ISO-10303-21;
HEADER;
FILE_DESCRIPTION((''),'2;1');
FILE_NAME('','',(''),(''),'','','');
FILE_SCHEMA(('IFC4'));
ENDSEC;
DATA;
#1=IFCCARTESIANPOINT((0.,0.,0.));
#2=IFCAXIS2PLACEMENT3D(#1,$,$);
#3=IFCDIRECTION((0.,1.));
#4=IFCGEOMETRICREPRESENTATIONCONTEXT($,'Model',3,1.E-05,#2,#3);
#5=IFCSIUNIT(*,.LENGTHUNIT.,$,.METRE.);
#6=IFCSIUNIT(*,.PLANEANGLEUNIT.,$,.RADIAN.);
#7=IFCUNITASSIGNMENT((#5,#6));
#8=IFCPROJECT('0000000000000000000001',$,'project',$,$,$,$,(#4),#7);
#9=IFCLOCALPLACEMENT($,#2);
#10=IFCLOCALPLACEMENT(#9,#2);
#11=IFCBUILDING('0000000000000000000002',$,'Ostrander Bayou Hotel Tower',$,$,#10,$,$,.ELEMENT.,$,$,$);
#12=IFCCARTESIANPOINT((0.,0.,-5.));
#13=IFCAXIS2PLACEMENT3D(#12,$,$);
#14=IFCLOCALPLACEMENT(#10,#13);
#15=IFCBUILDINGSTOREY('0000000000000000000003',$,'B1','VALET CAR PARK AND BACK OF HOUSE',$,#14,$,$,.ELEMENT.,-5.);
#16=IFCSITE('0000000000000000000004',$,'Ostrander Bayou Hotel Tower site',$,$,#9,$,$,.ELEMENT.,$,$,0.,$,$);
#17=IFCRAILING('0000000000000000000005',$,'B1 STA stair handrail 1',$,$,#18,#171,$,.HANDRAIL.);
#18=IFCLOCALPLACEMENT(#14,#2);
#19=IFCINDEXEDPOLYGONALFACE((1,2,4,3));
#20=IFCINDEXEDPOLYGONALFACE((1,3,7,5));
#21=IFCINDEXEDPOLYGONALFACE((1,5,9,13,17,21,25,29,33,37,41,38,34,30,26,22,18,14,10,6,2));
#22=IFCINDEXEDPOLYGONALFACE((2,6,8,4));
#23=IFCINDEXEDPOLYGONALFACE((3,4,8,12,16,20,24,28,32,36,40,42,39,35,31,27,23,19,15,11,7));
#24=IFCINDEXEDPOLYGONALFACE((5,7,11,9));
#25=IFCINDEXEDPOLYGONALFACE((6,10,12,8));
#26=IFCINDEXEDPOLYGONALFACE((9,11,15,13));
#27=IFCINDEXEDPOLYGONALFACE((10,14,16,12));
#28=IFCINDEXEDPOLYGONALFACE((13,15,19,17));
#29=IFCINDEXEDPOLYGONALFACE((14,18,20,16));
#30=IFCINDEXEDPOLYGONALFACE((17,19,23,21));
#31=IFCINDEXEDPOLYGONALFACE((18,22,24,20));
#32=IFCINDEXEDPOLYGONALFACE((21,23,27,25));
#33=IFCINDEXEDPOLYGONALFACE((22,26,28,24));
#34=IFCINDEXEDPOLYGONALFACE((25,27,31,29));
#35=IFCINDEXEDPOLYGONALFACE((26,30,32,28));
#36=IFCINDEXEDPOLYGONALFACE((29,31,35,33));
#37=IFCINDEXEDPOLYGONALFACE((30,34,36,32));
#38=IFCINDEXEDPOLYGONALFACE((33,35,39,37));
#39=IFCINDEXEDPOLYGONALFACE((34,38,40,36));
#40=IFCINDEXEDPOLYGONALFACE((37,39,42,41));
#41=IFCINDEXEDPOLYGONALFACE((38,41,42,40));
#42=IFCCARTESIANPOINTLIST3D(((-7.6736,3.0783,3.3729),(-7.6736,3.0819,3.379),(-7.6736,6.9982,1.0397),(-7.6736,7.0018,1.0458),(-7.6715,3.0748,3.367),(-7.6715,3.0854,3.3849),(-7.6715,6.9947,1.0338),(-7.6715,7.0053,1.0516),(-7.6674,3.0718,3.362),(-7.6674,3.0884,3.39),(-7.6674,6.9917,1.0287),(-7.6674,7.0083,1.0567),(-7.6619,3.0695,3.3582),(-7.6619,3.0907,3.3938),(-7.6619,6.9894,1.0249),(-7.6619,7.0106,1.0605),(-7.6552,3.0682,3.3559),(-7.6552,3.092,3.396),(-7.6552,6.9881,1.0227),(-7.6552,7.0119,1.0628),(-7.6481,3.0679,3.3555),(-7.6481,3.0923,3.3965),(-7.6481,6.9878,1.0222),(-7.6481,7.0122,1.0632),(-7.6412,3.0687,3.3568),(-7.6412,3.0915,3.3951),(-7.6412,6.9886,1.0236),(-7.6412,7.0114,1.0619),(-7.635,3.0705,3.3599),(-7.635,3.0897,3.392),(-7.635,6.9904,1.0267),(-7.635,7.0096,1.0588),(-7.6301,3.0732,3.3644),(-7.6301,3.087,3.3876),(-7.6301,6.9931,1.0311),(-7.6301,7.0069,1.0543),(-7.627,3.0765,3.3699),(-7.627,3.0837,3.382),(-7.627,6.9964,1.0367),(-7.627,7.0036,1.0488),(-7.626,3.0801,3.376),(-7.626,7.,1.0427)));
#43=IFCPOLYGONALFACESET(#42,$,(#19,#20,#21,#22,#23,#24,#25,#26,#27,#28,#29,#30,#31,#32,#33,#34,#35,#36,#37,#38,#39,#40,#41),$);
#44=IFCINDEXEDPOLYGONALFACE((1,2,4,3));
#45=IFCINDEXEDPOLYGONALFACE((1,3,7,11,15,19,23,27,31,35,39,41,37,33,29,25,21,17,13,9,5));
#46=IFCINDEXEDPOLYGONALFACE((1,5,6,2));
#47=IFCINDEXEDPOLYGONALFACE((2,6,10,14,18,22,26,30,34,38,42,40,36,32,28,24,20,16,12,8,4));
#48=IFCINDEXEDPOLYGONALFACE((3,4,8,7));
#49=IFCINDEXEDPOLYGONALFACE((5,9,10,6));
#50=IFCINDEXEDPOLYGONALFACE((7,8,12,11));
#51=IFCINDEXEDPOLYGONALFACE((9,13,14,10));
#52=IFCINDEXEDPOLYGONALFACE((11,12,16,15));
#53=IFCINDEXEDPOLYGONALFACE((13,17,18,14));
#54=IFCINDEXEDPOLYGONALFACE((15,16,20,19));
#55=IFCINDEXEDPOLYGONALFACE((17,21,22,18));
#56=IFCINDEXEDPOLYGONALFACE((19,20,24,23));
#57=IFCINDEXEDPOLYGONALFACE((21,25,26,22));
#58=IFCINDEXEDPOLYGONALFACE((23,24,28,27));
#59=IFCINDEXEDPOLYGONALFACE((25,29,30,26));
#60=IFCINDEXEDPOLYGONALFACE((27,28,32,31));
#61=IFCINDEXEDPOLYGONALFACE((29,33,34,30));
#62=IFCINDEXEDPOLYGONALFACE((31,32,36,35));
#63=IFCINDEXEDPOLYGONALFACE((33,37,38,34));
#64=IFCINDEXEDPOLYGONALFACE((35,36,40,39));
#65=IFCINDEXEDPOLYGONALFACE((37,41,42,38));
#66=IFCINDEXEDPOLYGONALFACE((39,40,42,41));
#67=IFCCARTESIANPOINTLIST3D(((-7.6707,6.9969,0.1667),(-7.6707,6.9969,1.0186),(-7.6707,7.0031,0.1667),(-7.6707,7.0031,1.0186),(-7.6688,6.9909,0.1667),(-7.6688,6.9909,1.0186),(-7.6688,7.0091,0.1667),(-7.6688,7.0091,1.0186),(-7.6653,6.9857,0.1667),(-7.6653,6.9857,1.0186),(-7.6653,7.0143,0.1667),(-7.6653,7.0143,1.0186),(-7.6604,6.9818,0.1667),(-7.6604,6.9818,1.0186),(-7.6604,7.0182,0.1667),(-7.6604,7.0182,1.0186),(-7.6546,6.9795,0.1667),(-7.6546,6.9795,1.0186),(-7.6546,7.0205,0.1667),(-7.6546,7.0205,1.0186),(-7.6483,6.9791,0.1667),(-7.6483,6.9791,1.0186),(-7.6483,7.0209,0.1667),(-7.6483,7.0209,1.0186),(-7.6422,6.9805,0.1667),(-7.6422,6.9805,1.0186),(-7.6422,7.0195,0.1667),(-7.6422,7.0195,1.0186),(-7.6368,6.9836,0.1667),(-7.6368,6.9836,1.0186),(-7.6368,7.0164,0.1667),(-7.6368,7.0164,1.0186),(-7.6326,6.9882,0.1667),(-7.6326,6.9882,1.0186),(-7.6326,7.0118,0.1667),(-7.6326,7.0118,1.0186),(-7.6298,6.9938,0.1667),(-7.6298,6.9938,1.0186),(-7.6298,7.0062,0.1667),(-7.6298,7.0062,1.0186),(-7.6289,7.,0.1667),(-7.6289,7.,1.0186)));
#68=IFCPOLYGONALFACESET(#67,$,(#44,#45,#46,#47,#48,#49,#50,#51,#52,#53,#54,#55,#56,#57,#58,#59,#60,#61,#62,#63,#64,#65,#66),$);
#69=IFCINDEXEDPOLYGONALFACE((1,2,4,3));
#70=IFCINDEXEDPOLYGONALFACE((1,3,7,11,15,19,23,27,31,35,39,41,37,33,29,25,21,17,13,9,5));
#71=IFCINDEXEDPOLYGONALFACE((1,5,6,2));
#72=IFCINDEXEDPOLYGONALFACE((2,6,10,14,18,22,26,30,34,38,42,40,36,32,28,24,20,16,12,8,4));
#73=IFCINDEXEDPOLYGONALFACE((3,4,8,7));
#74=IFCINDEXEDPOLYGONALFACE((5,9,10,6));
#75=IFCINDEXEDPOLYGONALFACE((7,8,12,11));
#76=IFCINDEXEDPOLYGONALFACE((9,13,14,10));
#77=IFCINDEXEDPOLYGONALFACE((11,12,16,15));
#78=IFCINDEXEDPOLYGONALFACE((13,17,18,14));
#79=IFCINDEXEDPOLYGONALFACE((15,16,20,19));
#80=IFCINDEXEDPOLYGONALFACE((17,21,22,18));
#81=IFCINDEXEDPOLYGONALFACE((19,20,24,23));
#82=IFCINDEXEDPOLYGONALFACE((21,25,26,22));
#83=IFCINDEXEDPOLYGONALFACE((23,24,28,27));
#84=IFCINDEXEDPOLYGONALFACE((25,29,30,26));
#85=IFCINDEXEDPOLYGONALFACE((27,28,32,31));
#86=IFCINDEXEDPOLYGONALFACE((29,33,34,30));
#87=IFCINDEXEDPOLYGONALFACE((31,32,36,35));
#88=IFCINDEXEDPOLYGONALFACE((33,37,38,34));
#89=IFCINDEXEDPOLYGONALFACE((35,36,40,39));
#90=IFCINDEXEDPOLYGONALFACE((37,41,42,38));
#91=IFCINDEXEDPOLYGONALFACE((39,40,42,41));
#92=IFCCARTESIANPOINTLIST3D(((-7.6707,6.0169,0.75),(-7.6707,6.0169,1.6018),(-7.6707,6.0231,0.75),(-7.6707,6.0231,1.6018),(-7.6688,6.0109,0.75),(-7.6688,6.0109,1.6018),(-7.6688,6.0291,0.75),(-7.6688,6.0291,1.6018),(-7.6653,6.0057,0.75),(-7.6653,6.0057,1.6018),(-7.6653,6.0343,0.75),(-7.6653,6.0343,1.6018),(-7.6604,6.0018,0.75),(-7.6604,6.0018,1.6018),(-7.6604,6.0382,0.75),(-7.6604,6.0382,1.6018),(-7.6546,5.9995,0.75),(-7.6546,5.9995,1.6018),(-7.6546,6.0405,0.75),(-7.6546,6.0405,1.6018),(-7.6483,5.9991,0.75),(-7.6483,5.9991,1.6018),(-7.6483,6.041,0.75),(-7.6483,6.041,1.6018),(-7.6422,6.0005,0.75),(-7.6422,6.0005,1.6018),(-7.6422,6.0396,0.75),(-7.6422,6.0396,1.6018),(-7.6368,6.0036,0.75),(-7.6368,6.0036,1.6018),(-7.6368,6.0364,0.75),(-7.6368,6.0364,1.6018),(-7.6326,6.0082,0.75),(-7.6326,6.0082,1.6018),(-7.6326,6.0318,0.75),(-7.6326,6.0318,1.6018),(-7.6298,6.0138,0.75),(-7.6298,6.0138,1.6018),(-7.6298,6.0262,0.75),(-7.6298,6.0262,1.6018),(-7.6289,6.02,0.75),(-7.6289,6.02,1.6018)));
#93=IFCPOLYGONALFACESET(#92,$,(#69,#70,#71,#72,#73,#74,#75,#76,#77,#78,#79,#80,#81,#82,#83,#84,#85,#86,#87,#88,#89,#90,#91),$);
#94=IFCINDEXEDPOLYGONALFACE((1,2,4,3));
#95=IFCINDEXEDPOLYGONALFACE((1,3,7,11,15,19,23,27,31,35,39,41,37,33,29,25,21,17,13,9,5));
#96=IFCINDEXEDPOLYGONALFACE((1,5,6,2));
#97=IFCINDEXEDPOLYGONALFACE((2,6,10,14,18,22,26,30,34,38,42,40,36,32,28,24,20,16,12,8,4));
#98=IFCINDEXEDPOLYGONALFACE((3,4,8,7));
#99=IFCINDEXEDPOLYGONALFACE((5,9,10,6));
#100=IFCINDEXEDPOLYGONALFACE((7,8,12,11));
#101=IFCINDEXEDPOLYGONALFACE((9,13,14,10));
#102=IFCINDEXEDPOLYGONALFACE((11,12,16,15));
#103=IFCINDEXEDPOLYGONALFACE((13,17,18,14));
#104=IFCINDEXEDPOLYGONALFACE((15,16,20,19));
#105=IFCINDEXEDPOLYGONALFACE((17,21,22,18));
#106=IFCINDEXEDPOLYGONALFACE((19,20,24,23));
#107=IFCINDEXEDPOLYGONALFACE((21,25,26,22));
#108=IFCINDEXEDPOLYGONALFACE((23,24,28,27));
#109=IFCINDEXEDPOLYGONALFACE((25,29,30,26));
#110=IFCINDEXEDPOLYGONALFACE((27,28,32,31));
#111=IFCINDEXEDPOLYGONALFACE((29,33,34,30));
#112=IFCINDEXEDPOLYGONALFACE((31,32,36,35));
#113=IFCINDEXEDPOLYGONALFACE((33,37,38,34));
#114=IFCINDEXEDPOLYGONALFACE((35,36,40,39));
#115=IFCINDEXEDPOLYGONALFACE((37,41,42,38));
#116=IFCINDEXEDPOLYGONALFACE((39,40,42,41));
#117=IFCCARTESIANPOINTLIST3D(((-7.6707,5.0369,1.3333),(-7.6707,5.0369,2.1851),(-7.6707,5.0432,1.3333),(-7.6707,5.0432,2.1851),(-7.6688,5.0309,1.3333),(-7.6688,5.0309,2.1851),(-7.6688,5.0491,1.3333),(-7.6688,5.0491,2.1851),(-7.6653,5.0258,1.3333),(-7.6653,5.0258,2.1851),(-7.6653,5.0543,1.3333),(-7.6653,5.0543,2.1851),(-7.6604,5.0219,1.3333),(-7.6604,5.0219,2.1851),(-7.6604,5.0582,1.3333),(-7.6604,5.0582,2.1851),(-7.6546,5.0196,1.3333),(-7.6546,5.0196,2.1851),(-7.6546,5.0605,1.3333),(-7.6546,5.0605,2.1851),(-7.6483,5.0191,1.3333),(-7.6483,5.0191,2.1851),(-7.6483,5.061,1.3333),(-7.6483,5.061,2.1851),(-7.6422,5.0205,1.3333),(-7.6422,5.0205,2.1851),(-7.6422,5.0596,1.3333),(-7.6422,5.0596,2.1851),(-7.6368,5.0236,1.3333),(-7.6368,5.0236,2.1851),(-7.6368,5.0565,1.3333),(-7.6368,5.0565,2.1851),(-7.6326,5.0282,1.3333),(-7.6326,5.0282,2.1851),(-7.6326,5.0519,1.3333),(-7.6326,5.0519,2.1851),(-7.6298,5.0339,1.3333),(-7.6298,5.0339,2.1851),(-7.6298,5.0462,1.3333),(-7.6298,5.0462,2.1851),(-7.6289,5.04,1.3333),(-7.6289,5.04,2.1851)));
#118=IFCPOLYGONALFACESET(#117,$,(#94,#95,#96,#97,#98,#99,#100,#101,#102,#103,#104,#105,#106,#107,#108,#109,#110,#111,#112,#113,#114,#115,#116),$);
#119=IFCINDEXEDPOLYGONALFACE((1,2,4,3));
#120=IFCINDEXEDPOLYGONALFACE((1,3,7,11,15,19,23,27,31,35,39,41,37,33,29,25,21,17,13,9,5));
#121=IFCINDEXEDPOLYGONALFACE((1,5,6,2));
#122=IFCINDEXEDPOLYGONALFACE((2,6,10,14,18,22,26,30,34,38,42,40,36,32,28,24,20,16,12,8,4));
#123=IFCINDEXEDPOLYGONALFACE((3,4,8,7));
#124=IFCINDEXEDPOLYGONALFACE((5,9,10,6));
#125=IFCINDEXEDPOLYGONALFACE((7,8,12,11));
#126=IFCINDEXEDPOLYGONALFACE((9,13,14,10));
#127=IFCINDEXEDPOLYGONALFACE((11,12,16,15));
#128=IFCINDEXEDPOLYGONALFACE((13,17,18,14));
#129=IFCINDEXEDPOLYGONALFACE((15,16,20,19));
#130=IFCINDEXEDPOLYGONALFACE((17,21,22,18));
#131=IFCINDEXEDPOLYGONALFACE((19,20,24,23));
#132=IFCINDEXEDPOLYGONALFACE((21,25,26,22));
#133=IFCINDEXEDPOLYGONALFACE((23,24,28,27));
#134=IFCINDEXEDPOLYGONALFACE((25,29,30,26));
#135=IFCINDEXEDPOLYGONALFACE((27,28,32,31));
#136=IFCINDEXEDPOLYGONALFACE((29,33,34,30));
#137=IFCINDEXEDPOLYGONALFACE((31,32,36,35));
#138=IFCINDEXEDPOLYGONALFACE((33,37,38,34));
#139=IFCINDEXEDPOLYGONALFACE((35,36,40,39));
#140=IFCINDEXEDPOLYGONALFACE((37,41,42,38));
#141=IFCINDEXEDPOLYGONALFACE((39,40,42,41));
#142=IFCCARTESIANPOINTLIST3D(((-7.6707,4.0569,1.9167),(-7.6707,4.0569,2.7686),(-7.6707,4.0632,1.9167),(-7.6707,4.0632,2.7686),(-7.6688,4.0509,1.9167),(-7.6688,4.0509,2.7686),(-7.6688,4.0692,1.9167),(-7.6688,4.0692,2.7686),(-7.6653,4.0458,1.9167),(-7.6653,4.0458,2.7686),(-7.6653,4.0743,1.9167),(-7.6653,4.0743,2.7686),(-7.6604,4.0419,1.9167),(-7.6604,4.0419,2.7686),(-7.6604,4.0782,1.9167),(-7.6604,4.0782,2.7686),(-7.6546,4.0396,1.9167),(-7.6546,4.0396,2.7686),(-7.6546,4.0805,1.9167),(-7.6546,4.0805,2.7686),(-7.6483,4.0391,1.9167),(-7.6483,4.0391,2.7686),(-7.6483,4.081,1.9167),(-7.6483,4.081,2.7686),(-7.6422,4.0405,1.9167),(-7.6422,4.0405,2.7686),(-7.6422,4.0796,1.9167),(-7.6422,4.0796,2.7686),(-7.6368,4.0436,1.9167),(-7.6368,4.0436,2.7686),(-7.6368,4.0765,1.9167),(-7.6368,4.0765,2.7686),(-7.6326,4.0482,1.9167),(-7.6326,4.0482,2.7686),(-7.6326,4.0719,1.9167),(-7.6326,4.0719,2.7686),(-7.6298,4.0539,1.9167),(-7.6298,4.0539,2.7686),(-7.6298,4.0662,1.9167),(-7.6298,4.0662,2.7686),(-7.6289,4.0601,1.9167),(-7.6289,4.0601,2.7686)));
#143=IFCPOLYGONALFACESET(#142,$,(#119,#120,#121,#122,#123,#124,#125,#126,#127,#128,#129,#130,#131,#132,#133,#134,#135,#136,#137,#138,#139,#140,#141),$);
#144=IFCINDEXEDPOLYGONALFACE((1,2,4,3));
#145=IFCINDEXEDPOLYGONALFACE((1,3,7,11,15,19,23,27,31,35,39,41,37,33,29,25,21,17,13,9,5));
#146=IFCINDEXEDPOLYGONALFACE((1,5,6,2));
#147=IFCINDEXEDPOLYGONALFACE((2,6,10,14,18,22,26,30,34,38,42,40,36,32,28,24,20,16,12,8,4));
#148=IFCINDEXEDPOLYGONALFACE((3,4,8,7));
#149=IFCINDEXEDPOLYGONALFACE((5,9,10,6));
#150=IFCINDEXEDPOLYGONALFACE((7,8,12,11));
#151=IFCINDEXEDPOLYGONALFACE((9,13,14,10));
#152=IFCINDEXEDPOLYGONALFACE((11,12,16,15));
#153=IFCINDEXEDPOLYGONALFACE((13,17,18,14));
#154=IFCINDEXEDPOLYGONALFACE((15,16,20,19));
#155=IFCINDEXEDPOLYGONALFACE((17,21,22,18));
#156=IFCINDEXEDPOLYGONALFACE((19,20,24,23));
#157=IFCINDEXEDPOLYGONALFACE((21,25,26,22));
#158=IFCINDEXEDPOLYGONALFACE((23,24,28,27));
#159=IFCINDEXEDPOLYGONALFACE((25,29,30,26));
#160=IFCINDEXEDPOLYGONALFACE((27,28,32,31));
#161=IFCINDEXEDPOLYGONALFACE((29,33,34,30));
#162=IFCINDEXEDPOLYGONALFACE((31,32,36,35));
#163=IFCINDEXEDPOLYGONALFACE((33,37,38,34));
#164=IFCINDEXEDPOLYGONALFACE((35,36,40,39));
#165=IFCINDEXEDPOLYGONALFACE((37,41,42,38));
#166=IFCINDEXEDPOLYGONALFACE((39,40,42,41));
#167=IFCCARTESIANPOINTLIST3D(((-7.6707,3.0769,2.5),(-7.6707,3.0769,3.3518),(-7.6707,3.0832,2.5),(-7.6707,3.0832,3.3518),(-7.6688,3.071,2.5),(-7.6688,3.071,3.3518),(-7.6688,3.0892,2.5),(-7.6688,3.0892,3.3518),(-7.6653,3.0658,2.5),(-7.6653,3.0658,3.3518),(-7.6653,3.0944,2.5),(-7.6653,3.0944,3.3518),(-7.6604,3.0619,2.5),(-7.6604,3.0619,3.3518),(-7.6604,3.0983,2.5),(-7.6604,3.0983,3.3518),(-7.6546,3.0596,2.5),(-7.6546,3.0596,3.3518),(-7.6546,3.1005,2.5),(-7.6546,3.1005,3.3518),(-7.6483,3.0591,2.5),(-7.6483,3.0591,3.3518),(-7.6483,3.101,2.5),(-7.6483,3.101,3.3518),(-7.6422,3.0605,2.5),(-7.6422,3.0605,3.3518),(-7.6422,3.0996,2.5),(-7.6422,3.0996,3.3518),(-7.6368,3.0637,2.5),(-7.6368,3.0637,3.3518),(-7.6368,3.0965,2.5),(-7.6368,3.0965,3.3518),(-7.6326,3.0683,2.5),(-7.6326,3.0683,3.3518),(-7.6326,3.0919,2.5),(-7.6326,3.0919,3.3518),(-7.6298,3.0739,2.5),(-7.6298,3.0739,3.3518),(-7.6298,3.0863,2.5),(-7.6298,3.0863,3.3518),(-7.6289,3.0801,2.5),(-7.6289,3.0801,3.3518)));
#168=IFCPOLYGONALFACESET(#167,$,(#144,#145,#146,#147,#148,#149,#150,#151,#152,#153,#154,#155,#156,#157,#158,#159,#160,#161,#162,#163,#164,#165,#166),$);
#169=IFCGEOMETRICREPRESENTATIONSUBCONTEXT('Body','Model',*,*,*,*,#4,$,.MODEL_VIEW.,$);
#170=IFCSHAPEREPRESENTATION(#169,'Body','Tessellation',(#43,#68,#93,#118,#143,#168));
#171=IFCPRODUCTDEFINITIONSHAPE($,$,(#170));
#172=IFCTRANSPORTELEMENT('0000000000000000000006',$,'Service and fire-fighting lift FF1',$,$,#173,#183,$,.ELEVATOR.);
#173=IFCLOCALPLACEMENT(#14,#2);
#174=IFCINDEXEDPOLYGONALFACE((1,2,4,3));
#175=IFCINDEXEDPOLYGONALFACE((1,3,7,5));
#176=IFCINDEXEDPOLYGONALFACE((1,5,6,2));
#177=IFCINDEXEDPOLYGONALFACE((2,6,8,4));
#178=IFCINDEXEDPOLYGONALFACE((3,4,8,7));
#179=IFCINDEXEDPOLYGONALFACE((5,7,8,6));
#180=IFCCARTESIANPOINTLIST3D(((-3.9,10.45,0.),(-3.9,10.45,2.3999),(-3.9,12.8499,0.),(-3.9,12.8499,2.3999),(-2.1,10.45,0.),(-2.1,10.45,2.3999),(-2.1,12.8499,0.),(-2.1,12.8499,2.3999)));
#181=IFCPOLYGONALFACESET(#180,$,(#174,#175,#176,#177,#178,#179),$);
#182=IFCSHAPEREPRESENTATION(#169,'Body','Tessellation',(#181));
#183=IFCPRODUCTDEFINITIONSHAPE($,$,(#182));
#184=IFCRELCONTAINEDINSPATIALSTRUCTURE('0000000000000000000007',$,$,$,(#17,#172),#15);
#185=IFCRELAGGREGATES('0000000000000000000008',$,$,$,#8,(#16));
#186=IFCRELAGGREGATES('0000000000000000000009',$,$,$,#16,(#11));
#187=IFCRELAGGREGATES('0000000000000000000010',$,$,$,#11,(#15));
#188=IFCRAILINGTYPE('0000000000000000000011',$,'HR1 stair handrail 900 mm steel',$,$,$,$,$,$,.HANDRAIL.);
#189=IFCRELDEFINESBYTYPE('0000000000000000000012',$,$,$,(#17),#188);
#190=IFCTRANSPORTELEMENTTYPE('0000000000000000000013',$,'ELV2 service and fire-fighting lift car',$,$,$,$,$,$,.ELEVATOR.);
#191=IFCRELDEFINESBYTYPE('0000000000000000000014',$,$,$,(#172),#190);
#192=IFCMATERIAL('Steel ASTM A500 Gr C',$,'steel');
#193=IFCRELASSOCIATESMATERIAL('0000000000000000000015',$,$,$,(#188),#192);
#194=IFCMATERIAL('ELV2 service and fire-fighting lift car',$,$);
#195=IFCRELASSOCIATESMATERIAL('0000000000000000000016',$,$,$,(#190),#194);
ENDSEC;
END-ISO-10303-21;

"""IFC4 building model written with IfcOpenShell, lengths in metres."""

from ifc_helpers import new_model, si_unit, direction, frame, origin, origin_2d, place, context, subcontext, project, spatial, rectangle, circle, extrude, material, type_object, element, save


model = new_model("IFC4")

# Units and contexts
model_context = context("Model", 3, precision=1e-05, world=origin(), true_north=direction((0.0, 1.0)))
body_context = subcontext(model_context, "Body", "Model", "MODEL_VIEW")
ifc_project = project(units=[si_unit("LENGTHUNIT", "METRE"), si_unit("PLANEANGLEUNIT", "RADIAN")], contexts=[model_context])

# Site, building, storey
site_placement = place(None, origin())
site = spatial("IfcSite", under=ifc_project, at=site_placement, Name="Ostrander Bayou Hotel Tower site", CompositionType="ELEMENT", RefElevation=0.0)
building_placement = place(site_placement, origin())
building = spatial("IfcBuilding", under=site, at=building_placement, Name="Ostrander Bayou Hotel Tower", CompositionType="ELEMENT")
storey_placement = place(building_placement, frame((0.0, 0.0, -5.0)))
storey = spatial("IfcBuildingStorey", under=building, at=storey_placement, Name="B1", Description="VALET CAR PARK AND BACK OF HOUSE", CompositionType="ELEMENT", Elevation=-5.0)

# Railing
ifc_material_1 = material(Name="Steel ASTM A500 Gr C", Category="steel")
railing_type_1 = type_object("IfcRailingType", Name="HR1 stair handrail 900 mm steel", PredefinedType="HANDRAIL", material=ifc_material_1)
railing_1_placement = place(storey_placement, frame((-7.6499, 7.0, 0.1667)))
element("IfcRailing", 1, at=railing_1_placement, inside=storey, type_object=railing_type_1, Name="B1 STA stair handrail 1", PredefinedType="HANDRAIL", context=body_context, shape_type="SweptSolid", body=[
    extrude(circle(Radius=0.0239, at=origin_2d()), frame((0.0, 0.0, 0.876), z_axis=(0.0, -0.859296, 0.511478), x_axis=(1.0, 0.0, 0.0)), (0.0, 0.0, 1.0), 4.5618),
    extrude(circle(Radius=0.021, at=origin_2d()), origin(), (0.0, 0.0, 1.0), 0.8518),
    extrude(circle(Radius=0.021, at=origin_2d()), frame((0.0, -0.98, 0.5833)), (0.0, 0.0, 1.0), 0.8518),
    extrude(circle(Radius=0.021, at=origin_2d()), frame((0.0, -1.96, 1.1665)), (0.0, 0.0, 1.0), 0.8518),
    extrude(circle(Radius=0.021, at=origin_2d()), frame((0.0, -2.9399, 1.75)), (0.0, 0.0, 1.0), 0.8518),
    extrude(circle(Radius=0.021, at=origin_2d()), frame((0.0, -3.9199, 2.3333)), (0.0, 0.0, 1.0), 0.8518),
])

# Transport element
ifc_material_2 = material(Name="ELV2 service and fire-fighting lift car")
transport_element_type = type_object("IfcTransportElementType", Name="ELV2 service and fire-fighting lift car", PredefinedType="ELEVATOR", material=ifc_material_2)
transport_element_placement = place(storey_placement, frame((-3.0, 11.6499, 0.0), z_axis=(0.0, 0.0, 1.0), x_axis=(1.0, 0.0, 0.0)))
element("IfcTransportElement", 2, at=transport_element_placement, inside=storey, type_object=transport_element_type, Name="Service and fire-fighting lift FF1", PredefinedType="ELEVATOR", context=body_context, shape_type="SweptSolid", body=[
    extrude(rectangle(XDim=1.8, YDim=2.3999, at=origin_2d()), origin(), (0.0, 0.0, 1.0), 2.3999),
])

save(model, "model.ifc")
